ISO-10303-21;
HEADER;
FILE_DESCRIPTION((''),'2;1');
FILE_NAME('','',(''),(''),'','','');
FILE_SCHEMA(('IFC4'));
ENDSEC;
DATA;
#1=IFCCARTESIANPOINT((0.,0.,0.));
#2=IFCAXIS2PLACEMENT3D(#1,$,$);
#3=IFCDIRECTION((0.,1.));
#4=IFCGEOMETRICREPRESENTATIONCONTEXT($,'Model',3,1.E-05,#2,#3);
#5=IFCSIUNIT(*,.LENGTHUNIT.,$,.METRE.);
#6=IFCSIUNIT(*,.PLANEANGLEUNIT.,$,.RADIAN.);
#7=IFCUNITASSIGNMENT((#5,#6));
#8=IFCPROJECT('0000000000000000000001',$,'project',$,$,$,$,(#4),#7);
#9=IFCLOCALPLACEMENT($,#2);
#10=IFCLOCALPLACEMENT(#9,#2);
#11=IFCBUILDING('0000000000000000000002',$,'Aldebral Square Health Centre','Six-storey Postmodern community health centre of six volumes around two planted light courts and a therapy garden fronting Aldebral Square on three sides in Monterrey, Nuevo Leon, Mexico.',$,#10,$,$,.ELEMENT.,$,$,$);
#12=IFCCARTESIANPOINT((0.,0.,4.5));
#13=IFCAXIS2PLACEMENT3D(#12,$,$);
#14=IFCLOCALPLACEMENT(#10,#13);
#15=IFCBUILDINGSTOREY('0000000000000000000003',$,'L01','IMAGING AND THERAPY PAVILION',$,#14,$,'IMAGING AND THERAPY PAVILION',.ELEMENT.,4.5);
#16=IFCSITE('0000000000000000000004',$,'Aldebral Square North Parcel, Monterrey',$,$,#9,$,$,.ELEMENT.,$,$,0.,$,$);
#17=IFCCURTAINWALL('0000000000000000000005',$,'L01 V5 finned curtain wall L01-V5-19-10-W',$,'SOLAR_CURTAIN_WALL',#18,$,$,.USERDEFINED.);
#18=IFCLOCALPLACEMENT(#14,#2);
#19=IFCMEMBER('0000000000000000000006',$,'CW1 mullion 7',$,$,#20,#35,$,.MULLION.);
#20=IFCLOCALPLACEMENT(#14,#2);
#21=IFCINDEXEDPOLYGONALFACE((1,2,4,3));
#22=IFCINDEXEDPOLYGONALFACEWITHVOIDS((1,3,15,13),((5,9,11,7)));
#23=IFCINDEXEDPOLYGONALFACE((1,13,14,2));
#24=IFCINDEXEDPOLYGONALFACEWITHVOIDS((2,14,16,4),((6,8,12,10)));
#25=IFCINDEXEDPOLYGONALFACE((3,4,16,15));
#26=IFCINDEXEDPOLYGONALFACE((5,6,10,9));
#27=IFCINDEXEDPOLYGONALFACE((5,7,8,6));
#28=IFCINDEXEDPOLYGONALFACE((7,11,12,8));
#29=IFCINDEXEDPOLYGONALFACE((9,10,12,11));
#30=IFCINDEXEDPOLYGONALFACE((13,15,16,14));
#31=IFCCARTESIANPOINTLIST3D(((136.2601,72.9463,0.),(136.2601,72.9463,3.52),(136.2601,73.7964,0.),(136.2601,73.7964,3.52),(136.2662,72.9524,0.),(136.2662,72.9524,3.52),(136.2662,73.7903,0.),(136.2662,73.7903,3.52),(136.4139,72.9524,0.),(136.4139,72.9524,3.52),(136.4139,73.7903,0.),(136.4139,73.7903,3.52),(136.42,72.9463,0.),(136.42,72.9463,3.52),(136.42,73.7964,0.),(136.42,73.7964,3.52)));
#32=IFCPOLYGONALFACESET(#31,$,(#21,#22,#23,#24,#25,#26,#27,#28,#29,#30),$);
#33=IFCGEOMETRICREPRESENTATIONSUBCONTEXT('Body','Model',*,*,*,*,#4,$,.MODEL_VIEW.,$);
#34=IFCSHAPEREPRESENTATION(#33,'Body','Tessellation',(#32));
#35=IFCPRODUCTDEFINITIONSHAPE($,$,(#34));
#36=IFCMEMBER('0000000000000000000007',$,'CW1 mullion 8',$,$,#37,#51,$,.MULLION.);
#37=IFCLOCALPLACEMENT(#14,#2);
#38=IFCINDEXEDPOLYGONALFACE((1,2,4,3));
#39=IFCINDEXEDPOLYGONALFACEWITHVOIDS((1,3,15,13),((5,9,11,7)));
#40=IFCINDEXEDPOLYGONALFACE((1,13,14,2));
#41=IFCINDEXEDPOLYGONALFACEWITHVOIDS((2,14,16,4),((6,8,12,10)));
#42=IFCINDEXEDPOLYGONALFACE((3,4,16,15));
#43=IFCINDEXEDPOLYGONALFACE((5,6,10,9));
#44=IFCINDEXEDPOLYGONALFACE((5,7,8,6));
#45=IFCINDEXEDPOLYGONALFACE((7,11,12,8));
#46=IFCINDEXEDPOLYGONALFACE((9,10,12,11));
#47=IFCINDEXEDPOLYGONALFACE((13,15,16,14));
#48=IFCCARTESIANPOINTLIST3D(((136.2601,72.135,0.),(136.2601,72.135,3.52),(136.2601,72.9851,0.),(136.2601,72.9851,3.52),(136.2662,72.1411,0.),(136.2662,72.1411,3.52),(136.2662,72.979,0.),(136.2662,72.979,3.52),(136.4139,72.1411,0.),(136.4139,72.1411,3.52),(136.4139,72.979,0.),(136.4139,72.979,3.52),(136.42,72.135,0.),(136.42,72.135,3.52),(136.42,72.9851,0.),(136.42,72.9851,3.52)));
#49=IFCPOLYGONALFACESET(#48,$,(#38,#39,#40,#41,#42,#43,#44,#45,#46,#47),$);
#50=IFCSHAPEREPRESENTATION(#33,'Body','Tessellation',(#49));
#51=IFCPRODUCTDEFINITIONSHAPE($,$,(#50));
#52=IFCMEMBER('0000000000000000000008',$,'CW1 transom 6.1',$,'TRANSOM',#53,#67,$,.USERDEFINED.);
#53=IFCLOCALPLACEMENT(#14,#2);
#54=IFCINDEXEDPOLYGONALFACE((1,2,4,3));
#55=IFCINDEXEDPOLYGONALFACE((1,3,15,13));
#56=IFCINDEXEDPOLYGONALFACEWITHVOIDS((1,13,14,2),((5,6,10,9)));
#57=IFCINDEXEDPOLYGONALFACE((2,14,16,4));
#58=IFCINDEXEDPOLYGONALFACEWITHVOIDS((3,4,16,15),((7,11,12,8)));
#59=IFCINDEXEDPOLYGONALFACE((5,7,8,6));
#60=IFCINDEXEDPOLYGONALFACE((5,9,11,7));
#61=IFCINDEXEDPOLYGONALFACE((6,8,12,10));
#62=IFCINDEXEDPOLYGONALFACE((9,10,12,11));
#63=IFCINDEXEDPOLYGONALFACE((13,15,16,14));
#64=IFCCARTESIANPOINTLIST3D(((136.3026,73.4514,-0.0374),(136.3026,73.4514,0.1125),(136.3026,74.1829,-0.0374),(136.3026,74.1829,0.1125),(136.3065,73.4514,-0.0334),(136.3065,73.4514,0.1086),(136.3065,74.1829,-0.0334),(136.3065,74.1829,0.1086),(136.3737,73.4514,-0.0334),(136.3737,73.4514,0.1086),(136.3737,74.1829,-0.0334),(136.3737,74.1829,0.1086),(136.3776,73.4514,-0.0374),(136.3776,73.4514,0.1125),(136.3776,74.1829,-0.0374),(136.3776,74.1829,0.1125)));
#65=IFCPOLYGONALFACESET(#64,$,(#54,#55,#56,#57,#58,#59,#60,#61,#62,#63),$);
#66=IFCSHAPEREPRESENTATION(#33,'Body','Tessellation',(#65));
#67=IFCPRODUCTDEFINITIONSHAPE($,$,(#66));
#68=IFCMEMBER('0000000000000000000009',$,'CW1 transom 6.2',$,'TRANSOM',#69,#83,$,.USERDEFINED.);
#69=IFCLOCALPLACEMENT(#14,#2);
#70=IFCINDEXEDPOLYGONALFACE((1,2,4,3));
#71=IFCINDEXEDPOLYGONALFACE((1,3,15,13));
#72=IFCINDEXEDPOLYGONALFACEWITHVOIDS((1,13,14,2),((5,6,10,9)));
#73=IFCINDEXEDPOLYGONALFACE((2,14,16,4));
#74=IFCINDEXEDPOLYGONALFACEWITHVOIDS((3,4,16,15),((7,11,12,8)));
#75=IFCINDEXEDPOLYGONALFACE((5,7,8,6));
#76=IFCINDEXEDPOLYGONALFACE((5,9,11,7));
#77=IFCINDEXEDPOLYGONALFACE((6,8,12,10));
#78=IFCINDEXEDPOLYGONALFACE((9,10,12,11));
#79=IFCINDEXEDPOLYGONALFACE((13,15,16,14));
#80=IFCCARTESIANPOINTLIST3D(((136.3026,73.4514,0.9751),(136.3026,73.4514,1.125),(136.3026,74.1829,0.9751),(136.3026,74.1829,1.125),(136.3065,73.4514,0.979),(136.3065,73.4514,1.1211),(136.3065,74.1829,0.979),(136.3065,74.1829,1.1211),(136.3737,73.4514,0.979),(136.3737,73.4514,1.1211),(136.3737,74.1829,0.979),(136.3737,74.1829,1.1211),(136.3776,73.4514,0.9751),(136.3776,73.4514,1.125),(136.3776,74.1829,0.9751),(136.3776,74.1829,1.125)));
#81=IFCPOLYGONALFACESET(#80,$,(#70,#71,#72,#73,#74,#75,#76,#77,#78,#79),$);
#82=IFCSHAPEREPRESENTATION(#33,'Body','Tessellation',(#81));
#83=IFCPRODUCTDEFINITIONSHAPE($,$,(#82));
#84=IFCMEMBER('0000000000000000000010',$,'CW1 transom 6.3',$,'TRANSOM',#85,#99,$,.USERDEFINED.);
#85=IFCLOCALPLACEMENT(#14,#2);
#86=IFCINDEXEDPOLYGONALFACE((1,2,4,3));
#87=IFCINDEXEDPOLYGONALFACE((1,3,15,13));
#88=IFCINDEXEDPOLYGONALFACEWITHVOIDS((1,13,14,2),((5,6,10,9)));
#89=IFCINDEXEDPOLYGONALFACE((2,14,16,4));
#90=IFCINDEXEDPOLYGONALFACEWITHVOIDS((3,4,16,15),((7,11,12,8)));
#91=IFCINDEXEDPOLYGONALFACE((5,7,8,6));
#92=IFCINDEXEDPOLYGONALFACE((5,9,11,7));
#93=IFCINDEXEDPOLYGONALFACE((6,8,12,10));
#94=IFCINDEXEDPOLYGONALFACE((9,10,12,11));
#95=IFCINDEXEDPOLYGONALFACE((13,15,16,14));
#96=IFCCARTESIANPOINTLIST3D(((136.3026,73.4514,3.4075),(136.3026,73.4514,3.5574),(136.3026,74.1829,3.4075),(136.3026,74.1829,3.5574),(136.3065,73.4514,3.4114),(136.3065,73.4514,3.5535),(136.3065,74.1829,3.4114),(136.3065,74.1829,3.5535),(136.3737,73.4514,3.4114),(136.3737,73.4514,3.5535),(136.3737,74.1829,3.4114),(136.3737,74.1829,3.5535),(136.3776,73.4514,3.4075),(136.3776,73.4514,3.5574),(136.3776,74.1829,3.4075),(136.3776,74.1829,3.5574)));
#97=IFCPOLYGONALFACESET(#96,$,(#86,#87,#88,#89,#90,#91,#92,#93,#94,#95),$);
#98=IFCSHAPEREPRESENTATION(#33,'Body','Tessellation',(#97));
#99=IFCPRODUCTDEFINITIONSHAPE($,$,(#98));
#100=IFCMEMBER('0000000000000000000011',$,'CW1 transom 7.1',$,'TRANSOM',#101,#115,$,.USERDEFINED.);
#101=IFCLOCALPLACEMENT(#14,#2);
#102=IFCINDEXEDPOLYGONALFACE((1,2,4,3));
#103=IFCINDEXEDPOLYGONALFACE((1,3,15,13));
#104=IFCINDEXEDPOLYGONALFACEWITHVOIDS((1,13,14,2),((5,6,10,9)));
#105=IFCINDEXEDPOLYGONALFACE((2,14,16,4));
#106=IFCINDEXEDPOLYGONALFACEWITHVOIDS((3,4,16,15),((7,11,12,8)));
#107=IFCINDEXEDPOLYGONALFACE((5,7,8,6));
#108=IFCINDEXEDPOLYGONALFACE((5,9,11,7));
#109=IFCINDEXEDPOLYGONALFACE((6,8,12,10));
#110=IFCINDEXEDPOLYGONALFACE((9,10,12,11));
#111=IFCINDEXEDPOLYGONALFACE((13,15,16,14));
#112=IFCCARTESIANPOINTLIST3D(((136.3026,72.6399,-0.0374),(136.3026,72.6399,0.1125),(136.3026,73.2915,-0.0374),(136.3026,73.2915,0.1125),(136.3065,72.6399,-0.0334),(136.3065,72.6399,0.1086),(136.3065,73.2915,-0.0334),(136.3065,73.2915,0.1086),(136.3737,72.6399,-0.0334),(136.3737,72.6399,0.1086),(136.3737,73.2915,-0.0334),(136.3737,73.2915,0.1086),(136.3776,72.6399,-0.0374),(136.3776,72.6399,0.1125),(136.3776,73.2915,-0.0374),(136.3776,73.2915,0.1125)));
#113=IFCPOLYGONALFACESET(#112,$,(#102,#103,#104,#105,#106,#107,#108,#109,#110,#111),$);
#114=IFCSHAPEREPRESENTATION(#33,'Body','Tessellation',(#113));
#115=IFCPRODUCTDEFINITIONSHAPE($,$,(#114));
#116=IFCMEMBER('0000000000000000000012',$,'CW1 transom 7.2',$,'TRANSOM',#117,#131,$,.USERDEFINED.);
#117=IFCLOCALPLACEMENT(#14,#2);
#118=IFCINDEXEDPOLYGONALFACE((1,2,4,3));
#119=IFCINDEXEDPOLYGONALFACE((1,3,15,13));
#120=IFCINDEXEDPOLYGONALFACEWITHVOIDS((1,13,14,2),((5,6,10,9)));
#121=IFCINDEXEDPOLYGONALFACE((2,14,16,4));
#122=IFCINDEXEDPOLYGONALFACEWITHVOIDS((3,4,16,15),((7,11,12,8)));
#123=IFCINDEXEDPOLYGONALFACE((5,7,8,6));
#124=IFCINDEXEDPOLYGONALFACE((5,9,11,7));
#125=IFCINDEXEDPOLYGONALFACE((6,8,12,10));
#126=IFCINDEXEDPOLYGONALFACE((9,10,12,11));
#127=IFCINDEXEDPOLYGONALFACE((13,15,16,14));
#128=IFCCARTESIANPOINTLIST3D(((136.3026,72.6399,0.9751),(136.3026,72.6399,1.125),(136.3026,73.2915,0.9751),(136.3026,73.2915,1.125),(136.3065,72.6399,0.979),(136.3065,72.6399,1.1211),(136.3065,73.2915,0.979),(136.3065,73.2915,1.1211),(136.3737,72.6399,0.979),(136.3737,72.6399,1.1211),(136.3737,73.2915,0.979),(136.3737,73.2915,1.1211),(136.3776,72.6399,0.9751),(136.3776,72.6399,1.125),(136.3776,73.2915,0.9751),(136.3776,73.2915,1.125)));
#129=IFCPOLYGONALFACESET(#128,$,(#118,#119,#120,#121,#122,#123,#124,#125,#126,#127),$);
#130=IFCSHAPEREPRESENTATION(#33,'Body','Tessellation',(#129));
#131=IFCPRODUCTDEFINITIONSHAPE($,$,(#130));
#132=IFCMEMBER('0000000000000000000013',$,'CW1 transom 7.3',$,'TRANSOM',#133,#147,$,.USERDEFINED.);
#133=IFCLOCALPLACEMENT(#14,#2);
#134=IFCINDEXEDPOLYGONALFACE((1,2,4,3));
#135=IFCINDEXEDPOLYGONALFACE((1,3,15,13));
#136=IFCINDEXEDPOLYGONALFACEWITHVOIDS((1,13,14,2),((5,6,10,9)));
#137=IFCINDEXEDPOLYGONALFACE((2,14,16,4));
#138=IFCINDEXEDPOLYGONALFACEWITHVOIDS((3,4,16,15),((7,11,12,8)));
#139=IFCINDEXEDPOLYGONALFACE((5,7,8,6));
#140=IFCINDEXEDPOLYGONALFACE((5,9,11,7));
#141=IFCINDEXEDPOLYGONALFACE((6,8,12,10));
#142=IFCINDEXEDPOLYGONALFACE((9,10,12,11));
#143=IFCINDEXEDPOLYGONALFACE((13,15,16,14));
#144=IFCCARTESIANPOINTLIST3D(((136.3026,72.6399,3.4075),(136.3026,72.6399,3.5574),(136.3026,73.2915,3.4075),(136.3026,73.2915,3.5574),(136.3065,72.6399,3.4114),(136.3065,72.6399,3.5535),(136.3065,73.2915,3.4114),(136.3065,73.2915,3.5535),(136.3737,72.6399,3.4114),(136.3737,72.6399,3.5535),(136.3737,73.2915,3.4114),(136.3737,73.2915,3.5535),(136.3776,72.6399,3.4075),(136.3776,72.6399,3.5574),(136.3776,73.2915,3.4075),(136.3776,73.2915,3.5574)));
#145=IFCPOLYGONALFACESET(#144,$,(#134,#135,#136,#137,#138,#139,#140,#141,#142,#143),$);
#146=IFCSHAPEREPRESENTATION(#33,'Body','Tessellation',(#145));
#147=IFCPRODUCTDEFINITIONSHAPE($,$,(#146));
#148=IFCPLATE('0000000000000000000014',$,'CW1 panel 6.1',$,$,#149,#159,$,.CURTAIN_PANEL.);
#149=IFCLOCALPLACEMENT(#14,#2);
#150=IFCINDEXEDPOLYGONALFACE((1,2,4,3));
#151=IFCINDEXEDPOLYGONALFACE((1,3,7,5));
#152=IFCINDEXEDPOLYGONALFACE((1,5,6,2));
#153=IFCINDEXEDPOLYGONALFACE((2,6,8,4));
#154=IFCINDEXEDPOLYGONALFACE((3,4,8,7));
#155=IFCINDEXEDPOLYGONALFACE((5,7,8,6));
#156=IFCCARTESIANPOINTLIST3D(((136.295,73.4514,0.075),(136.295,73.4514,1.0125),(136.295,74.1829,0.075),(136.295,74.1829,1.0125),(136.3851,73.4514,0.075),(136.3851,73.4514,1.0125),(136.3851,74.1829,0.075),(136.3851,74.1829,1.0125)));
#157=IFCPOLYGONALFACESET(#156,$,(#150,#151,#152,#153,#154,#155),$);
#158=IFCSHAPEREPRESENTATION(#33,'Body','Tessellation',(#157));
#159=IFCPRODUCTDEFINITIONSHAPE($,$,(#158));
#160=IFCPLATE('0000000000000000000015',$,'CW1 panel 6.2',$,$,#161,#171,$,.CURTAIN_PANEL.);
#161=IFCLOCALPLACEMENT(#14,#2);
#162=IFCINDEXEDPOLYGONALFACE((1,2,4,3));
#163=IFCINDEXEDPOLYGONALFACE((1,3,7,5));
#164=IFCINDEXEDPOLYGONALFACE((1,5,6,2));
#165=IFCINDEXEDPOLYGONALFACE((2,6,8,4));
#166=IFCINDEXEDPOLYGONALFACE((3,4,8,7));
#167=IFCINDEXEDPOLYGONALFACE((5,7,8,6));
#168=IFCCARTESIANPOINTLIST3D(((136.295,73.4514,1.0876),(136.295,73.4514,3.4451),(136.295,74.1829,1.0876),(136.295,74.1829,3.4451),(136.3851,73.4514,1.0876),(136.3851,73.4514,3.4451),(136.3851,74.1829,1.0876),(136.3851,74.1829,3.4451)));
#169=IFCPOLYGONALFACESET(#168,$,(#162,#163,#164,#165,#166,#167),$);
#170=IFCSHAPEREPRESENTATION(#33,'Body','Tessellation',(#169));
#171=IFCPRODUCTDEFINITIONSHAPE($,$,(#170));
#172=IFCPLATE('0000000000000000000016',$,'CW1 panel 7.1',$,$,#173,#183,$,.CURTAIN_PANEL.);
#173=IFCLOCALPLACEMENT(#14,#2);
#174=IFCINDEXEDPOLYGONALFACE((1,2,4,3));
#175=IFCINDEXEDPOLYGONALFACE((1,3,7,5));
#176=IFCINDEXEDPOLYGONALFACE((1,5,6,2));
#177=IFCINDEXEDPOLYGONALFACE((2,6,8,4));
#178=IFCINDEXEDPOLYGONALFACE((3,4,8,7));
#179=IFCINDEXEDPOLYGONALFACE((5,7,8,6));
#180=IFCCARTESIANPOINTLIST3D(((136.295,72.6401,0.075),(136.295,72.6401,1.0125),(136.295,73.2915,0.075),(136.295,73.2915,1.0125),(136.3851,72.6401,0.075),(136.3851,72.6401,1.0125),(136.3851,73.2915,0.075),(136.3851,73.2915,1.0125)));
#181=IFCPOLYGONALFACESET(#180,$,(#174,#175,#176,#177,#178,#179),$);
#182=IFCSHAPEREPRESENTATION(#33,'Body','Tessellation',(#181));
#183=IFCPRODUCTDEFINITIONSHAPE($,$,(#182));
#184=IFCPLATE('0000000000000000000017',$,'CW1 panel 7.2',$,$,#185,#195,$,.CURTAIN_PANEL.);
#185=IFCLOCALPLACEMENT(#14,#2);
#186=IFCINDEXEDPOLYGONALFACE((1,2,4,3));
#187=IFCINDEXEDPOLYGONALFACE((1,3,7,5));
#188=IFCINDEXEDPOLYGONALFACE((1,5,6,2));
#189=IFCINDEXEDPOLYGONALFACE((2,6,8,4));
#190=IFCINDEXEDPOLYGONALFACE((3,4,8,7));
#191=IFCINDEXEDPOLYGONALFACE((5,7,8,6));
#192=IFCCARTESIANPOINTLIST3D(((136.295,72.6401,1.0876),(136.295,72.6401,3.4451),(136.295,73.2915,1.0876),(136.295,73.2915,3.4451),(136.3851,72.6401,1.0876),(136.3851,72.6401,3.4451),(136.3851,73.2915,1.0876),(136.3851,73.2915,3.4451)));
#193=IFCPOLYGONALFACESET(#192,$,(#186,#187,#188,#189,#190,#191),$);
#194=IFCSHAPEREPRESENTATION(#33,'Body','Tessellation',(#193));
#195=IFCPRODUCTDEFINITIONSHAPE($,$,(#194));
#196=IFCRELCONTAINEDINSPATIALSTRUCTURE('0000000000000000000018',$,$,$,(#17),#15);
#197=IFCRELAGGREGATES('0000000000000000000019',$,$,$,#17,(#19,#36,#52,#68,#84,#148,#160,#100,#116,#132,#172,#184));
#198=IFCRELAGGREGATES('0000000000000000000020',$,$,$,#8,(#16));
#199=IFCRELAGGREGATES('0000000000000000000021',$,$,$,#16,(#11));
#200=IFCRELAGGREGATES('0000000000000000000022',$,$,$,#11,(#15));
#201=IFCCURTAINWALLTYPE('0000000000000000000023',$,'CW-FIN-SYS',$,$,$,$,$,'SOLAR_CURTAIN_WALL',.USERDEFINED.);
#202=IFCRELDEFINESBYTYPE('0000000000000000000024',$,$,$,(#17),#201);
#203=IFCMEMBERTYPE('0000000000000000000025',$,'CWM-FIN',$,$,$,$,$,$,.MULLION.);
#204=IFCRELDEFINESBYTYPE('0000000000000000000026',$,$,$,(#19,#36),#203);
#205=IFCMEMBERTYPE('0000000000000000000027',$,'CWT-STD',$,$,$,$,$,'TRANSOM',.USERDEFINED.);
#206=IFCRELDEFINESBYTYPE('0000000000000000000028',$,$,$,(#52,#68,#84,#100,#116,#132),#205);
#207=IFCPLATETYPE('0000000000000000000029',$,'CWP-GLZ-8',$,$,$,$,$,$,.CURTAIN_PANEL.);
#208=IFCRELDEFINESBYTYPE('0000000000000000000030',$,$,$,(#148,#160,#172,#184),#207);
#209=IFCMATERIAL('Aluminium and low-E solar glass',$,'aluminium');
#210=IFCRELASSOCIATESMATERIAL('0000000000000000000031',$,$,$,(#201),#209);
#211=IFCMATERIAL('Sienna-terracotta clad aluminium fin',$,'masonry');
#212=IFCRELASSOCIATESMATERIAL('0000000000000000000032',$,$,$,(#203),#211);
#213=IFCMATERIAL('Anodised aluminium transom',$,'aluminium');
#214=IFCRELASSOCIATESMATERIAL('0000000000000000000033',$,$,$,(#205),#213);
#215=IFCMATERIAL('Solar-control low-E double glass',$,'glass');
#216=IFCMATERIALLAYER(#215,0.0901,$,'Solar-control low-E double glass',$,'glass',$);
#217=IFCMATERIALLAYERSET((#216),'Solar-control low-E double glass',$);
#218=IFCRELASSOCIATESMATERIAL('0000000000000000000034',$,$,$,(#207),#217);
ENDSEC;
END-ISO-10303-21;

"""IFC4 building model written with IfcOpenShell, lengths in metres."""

from ifc_helpers import new_model, si_unit, direction, frame, origin, origin_2d, place, context, subcontext, project, spatial, rectangle, hollow_rectangle, extrude, material, layer, layer_set, material_profile, profile_set, type_object, element, aggregate, save


model = new_model("IFC4")

# Units and contexts
model_context = context("Model", 3, precision=1e-05, world=origin(), true_north=direction((0.0, 1.0)))
body_context = subcontext(model_context, "Body", "Model", "MODEL_VIEW")
ifc_project = project(units=[si_unit("LENGTHUNIT", "METRE"), si_unit("PLANEANGLEUNIT", "RADIAN")], contexts=[model_context])

# Site, building, storey
site_placement = place(None, origin())
site = spatial("IfcSite", under=ifc_project, at=site_placement, Name="Aldebral Square North Parcel, Monterrey", CompositionType="ELEMENT", RefElevation=0.0)
building_placement = place(site_placement, origin())
building = spatial("IfcBuilding", under=site, at=building_placement, Name="Aldebral Square Health Centre", Description="Six-storey Postmodern community health centre of six volumes around two planted light courts and a therapy garden fronting Aldebral Square on three sides in Monterrey, Nuevo Leon, Mexico.", CompositionType="ELEMENT")
storey_placement = place(building_placement, frame((0.0, 0.0, 4.5)))
storey = spatial("IfcBuildingStorey", under=building, at=storey_placement, Name="L01", Description="IMAGING AND THERAPY PAVILION", LongName="IMAGING AND THERAPY PAVILION", CompositionType="ELEMENT", Elevation=4.5)

# Curtain wall, members, plates
ifc_material_1 = material(Name="Aluminium and low-E solar glass", Category="aluminium")
curtain_wall_type = type_object("IfcCurtainWallType", Name="CW-FIN-SYS", ElementType="SOLAR_CURTAIN_WALL", PredefinedType="USERDEFINED", material=ifc_material_1)
curtain_wall_placement = place(storey_placement, origin())
curtain_wall = element("IfcCurtainWall", 1, at=curtain_wall_placement, inside=storey, type_object=curtain_wall_type, Name="L01 V5 finned curtain wall L01-V5-19-10-W", ObjectType="SOLAR_CURTAIN_WALL", PredefinedType="USERDEFINED")
ifc_material_2 = material(Name="Sienna-terracotta clad aluminium fin", Category="masonry")
ifc_material_profile_1 = material_profile(ifc_material_2, hollow_rectangle(XDim=0.1599, YDim=0.8501, WallThickness=0.0061, at=origin_2d()), Name="FIN 160x850x6")
ifc_profile_set_1 = profile_set([ifc_material_profile_1], Name="Sienna-terracotta clad aluminium fin")
member_type_1 = type_object("IfcMemberType", Name="CWM-FIN", PredefinedType="MULLION", material=ifc_profile_set_1)
member_1_placement = place(storey_placement, frame((136.3401, 73.3713, 0.0), z_axis=(0.0, 0.0, 1.0), x_axis=(1.0, 0.0, 0.0)))
member_1 = element("IfcMember", 2, at=member_1_placement, type_object=member_type_1, Name="CW1 mullion 7", PredefinedType="MULLION", context=body_context, shape_type="SweptSolid", body=[
    extrude(hollow_rectangle(XDim=0.1599, YDim=0.8501, WallThickness=0.0061, at=origin_2d()), origin(), (0.0, 0.0, 1.0), 3.52),
])
member_2_placement = place(storey_placement, frame((136.3401, 72.5601, 0.0), z_axis=(0.0, 0.0, 1.0), x_axis=(1.0, 0.0, 0.0)))
member_2 = element("IfcMember", 3, at=member_2_placement, type_object=member_type_1, Name="CW1 mullion 8", PredefinedType="MULLION", context=body_context, shape_type="SweptSolid", body=[
    extrude(hollow_rectangle(XDim=0.1599, YDim=0.8501, WallThickness=0.0061, at=origin_2d()), origin(), (0.0, 0.0, 1.0), 3.52),
])
ifc_material_3 = material(Name="Anodised aluminium transom", Category="aluminium")
ifc_material_profile_2 = material_profile(ifc_material_3, hollow_rectangle(XDim=0.075, YDim=0.1499, WallThickness=0.0039, at=origin_2d()), Name="CWT 75x150x4")
ifc_profile_set_2 = profile_set([ifc_material_profile_2], Name="Anodised aluminium transom")
member_type_2 = type_object("IfcMemberType", Name="CWT-STD", ElementType="TRANSOM", PredefinedType="USERDEFINED", material=ifc_profile_set_2)
member_3_placement = place(storey_placement, frame((136.3401, 74.1829, 0.0376), z_axis=(0.0, -1.0, 0.0), x_axis=(1.0, 0.0, 0.0)))
member_3 = element("IfcMember", 4, at=member_3_placement, type_object=member_type_2, Name="CW1 transom 6.1", ObjectType="TRANSOM", PredefinedType="USERDEFINED", context=body_context, shape_type="SweptSolid", body=[
    extrude(hollow_rectangle(XDim=0.075, YDim=0.1499, WallThickness=0.0039, at=origin_2d()), origin(), (0.0, 0.0, 1.0), 0.7314),
])
member_4_placement = place(storey_placement, frame((136.3401, 74.1829, 1.05), z_axis=(0.0, -1.0, 0.0), x_axis=(1.0, 0.0, 0.0)))
member_4 = element("IfcMember", 5, at=member_4_placement, type_object=member_type_2, Name="CW1 transom 6.2", ObjectType="TRANSOM", PredefinedType="USERDEFINED", context=body_context, shape_type="SweptSolid", body=[
    extrude(hollow_rectangle(XDim=0.075, YDim=0.1499, WallThickness=0.0039, at=origin_2d()), origin(), (0.0, 0.0, 1.0), 0.7314),
])
member_5_placement = place(storey_placement, frame((136.3401, 74.1829, 3.4824), z_axis=(0.0, -1.0, 0.0), x_axis=(1.0, 0.0, 0.0)))
member_5 = element("IfcMember", 6, at=member_5_placement, type_object=member_type_2, Name="CW1 transom 6.3", ObjectType="TRANSOM", PredefinedType="USERDEFINED", context=body_context, shape_type="SweptSolid", body=[
    extrude(hollow_rectangle(XDim=0.075, YDim=0.1499, WallThickness=0.0039, at=origin_2d()), origin(), (0.0, 0.0, 1.0), 0.7314),
])
member_6_placement = place(storey_placement, frame((136.3401, 73.2915, 0.0376), z_axis=(0.0, -1.0, 0.0), x_axis=(1.0, 0.0, 0.0)))
member_6 = element("IfcMember", 7, at=member_6_placement, type_object=member_type_2, Name="CW1 transom 7.1", ObjectType="TRANSOM", PredefinedType="USERDEFINED", context=body_context, shape_type="SweptSolid", body=[
    extrude(hollow_rectangle(XDim=0.075, YDim=0.1499, WallThickness=0.0039, at=origin_2d()), origin(), (0.0, 0.0, 1.0), 0.6516),
])
member_7_placement = place(storey_placement, frame((136.3401, 73.2915, 1.05), z_axis=(0.0, -1.0, 0.0), x_axis=(1.0, 0.0, 0.0)))
member_7 = element("IfcMember", 8, at=member_7_placement, type_object=member_type_2, Name="CW1 transom 7.2", ObjectType="TRANSOM", PredefinedType="USERDEFINED", context=body_context, shape_type="SweptSolid", body=[
    extrude(hollow_rectangle(XDim=0.075, YDim=0.1499, WallThickness=0.0039, at=origin_2d()), origin(), (0.0, 0.0, 1.0), 0.6516),
])
member_8_placement = place(storey_placement, frame((136.3401, 73.2915, 3.4824), z_axis=(0.0, -1.0, 0.0), x_axis=(1.0, 0.0, 0.0)))
member_8 = element("IfcMember", 9, at=member_8_placement, type_object=member_type_2, Name="CW1 transom 7.3", ObjectType="TRANSOM", PredefinedType="USERDEFINED", context=body_context, shape_type="SweptSolid", body=[
    extrude(hollow_rectangle(XDim=0.075, YDim=0.1499, WallThickness=0.0039, at=origin_2d()), origin(), (0.0, 0.0, 1.0), 0.6516),
])
ifc_material_4 = material(Name="Solar-control low-E double glass", Category="glass")
ifc_layer_1 = layer(ifc_material_4, 0.0901, Name="Solar-control low-E double glass", Category="glass")
ifc_layer_set_1 = layer_set([ifc_layer_1], Name="Solar-control low-E double glass")
plate_type = type_object("IfcPlateType", Name="CWP-GLZ-8", PredefinedType="CURTAIN_PANEL", material=ifc_layer_set_1)
plate_1_placement = place(storey_placement, frame((136.3401, 73.8171, 0.075), z_axis=(0.0, 0.0, 1.0), x_axis=(0.0, -1.0, 0.0)))
plate_1 = element("IfcPlate", 10, at=plate_1_placement, type_object=plate_type, Name="CW1 panel 6.1", PredefinedType="CURTAIN_PANEL", context=body_context, shape_type="SweptSolid", body=[
    extrude(rectangle(XDim=0.7314, YDim=0.0901, at=origin_2d()), origin(), (0.0, 0.0, 1.0), 0.9375),
])
plate_2_placement = place(storey_placement, frame((136.3401, 73.8171, 1.0876), z_axis=(0.0, 0.0, 1.0), x_axis=(0.0, -1.0, 0.0)))
plate_2 = element("IfcPlate", 11, at=plate_2_placement, type_object=plate_type, Name="CW1 panel 6.2", PredefinedType="CURTAIN_PANEL", context=body_context, shape_type="SweptSolid", body=[
    extrude(rectangle(XDim=0.7314, YDim=0.0901, at=origin_2d()), origin(), (0.0, 0.0, 1.0), 2.3574),
])
plate_3_placement = place(storey_placement, frame((136.3401, 72.9658, 0.075), z_axis=(0.0, 0.0, 1.0), x_axis=(0.0, -1.0, 0.0)))
plate_3 = element("IfcPlate", 12, at=plate_3_placement, type_object=plate_type, Name="CW1 panel 7.1", PredefinedType="CURTAIN_PANEL", context=body_context, shape_type="SweptSolid", body=[
    extrude(rectangle(XDim=0.6514, YDim=0.0901, at=origin_2d()), origin(), (0.0, 0.0, 1.0), 0.9375),
])
plate_4_placement = place(storey_placement, frame((136.3401, 72.9658, 1.0876), z_axis=(0.0, 0.0, 1.0), x_axis=(0.0, -1.0, 0.0)))
plate_4 = element("IfcPlate", 13, at=plate_4_placement, type_object=plate_type, Name="CW1 panel 7.2", PredefinedType="CURTAIN_PANEL", context=body_context, shape_type="SweptSolid", body=[
    extrude(rectangle(XDim=0.6514, YDim=0.0901, at=origin_2d()), origin(), (0.0, 0.0, 1.0), 2.3574),
])
aggregate(curtain_wall, [member_1, member_2, member_3, member_4, member_5, plate_1, plate_2, member_6, member_7, member_8, plate_3, plate_4])

save(model, "model.ifc")
